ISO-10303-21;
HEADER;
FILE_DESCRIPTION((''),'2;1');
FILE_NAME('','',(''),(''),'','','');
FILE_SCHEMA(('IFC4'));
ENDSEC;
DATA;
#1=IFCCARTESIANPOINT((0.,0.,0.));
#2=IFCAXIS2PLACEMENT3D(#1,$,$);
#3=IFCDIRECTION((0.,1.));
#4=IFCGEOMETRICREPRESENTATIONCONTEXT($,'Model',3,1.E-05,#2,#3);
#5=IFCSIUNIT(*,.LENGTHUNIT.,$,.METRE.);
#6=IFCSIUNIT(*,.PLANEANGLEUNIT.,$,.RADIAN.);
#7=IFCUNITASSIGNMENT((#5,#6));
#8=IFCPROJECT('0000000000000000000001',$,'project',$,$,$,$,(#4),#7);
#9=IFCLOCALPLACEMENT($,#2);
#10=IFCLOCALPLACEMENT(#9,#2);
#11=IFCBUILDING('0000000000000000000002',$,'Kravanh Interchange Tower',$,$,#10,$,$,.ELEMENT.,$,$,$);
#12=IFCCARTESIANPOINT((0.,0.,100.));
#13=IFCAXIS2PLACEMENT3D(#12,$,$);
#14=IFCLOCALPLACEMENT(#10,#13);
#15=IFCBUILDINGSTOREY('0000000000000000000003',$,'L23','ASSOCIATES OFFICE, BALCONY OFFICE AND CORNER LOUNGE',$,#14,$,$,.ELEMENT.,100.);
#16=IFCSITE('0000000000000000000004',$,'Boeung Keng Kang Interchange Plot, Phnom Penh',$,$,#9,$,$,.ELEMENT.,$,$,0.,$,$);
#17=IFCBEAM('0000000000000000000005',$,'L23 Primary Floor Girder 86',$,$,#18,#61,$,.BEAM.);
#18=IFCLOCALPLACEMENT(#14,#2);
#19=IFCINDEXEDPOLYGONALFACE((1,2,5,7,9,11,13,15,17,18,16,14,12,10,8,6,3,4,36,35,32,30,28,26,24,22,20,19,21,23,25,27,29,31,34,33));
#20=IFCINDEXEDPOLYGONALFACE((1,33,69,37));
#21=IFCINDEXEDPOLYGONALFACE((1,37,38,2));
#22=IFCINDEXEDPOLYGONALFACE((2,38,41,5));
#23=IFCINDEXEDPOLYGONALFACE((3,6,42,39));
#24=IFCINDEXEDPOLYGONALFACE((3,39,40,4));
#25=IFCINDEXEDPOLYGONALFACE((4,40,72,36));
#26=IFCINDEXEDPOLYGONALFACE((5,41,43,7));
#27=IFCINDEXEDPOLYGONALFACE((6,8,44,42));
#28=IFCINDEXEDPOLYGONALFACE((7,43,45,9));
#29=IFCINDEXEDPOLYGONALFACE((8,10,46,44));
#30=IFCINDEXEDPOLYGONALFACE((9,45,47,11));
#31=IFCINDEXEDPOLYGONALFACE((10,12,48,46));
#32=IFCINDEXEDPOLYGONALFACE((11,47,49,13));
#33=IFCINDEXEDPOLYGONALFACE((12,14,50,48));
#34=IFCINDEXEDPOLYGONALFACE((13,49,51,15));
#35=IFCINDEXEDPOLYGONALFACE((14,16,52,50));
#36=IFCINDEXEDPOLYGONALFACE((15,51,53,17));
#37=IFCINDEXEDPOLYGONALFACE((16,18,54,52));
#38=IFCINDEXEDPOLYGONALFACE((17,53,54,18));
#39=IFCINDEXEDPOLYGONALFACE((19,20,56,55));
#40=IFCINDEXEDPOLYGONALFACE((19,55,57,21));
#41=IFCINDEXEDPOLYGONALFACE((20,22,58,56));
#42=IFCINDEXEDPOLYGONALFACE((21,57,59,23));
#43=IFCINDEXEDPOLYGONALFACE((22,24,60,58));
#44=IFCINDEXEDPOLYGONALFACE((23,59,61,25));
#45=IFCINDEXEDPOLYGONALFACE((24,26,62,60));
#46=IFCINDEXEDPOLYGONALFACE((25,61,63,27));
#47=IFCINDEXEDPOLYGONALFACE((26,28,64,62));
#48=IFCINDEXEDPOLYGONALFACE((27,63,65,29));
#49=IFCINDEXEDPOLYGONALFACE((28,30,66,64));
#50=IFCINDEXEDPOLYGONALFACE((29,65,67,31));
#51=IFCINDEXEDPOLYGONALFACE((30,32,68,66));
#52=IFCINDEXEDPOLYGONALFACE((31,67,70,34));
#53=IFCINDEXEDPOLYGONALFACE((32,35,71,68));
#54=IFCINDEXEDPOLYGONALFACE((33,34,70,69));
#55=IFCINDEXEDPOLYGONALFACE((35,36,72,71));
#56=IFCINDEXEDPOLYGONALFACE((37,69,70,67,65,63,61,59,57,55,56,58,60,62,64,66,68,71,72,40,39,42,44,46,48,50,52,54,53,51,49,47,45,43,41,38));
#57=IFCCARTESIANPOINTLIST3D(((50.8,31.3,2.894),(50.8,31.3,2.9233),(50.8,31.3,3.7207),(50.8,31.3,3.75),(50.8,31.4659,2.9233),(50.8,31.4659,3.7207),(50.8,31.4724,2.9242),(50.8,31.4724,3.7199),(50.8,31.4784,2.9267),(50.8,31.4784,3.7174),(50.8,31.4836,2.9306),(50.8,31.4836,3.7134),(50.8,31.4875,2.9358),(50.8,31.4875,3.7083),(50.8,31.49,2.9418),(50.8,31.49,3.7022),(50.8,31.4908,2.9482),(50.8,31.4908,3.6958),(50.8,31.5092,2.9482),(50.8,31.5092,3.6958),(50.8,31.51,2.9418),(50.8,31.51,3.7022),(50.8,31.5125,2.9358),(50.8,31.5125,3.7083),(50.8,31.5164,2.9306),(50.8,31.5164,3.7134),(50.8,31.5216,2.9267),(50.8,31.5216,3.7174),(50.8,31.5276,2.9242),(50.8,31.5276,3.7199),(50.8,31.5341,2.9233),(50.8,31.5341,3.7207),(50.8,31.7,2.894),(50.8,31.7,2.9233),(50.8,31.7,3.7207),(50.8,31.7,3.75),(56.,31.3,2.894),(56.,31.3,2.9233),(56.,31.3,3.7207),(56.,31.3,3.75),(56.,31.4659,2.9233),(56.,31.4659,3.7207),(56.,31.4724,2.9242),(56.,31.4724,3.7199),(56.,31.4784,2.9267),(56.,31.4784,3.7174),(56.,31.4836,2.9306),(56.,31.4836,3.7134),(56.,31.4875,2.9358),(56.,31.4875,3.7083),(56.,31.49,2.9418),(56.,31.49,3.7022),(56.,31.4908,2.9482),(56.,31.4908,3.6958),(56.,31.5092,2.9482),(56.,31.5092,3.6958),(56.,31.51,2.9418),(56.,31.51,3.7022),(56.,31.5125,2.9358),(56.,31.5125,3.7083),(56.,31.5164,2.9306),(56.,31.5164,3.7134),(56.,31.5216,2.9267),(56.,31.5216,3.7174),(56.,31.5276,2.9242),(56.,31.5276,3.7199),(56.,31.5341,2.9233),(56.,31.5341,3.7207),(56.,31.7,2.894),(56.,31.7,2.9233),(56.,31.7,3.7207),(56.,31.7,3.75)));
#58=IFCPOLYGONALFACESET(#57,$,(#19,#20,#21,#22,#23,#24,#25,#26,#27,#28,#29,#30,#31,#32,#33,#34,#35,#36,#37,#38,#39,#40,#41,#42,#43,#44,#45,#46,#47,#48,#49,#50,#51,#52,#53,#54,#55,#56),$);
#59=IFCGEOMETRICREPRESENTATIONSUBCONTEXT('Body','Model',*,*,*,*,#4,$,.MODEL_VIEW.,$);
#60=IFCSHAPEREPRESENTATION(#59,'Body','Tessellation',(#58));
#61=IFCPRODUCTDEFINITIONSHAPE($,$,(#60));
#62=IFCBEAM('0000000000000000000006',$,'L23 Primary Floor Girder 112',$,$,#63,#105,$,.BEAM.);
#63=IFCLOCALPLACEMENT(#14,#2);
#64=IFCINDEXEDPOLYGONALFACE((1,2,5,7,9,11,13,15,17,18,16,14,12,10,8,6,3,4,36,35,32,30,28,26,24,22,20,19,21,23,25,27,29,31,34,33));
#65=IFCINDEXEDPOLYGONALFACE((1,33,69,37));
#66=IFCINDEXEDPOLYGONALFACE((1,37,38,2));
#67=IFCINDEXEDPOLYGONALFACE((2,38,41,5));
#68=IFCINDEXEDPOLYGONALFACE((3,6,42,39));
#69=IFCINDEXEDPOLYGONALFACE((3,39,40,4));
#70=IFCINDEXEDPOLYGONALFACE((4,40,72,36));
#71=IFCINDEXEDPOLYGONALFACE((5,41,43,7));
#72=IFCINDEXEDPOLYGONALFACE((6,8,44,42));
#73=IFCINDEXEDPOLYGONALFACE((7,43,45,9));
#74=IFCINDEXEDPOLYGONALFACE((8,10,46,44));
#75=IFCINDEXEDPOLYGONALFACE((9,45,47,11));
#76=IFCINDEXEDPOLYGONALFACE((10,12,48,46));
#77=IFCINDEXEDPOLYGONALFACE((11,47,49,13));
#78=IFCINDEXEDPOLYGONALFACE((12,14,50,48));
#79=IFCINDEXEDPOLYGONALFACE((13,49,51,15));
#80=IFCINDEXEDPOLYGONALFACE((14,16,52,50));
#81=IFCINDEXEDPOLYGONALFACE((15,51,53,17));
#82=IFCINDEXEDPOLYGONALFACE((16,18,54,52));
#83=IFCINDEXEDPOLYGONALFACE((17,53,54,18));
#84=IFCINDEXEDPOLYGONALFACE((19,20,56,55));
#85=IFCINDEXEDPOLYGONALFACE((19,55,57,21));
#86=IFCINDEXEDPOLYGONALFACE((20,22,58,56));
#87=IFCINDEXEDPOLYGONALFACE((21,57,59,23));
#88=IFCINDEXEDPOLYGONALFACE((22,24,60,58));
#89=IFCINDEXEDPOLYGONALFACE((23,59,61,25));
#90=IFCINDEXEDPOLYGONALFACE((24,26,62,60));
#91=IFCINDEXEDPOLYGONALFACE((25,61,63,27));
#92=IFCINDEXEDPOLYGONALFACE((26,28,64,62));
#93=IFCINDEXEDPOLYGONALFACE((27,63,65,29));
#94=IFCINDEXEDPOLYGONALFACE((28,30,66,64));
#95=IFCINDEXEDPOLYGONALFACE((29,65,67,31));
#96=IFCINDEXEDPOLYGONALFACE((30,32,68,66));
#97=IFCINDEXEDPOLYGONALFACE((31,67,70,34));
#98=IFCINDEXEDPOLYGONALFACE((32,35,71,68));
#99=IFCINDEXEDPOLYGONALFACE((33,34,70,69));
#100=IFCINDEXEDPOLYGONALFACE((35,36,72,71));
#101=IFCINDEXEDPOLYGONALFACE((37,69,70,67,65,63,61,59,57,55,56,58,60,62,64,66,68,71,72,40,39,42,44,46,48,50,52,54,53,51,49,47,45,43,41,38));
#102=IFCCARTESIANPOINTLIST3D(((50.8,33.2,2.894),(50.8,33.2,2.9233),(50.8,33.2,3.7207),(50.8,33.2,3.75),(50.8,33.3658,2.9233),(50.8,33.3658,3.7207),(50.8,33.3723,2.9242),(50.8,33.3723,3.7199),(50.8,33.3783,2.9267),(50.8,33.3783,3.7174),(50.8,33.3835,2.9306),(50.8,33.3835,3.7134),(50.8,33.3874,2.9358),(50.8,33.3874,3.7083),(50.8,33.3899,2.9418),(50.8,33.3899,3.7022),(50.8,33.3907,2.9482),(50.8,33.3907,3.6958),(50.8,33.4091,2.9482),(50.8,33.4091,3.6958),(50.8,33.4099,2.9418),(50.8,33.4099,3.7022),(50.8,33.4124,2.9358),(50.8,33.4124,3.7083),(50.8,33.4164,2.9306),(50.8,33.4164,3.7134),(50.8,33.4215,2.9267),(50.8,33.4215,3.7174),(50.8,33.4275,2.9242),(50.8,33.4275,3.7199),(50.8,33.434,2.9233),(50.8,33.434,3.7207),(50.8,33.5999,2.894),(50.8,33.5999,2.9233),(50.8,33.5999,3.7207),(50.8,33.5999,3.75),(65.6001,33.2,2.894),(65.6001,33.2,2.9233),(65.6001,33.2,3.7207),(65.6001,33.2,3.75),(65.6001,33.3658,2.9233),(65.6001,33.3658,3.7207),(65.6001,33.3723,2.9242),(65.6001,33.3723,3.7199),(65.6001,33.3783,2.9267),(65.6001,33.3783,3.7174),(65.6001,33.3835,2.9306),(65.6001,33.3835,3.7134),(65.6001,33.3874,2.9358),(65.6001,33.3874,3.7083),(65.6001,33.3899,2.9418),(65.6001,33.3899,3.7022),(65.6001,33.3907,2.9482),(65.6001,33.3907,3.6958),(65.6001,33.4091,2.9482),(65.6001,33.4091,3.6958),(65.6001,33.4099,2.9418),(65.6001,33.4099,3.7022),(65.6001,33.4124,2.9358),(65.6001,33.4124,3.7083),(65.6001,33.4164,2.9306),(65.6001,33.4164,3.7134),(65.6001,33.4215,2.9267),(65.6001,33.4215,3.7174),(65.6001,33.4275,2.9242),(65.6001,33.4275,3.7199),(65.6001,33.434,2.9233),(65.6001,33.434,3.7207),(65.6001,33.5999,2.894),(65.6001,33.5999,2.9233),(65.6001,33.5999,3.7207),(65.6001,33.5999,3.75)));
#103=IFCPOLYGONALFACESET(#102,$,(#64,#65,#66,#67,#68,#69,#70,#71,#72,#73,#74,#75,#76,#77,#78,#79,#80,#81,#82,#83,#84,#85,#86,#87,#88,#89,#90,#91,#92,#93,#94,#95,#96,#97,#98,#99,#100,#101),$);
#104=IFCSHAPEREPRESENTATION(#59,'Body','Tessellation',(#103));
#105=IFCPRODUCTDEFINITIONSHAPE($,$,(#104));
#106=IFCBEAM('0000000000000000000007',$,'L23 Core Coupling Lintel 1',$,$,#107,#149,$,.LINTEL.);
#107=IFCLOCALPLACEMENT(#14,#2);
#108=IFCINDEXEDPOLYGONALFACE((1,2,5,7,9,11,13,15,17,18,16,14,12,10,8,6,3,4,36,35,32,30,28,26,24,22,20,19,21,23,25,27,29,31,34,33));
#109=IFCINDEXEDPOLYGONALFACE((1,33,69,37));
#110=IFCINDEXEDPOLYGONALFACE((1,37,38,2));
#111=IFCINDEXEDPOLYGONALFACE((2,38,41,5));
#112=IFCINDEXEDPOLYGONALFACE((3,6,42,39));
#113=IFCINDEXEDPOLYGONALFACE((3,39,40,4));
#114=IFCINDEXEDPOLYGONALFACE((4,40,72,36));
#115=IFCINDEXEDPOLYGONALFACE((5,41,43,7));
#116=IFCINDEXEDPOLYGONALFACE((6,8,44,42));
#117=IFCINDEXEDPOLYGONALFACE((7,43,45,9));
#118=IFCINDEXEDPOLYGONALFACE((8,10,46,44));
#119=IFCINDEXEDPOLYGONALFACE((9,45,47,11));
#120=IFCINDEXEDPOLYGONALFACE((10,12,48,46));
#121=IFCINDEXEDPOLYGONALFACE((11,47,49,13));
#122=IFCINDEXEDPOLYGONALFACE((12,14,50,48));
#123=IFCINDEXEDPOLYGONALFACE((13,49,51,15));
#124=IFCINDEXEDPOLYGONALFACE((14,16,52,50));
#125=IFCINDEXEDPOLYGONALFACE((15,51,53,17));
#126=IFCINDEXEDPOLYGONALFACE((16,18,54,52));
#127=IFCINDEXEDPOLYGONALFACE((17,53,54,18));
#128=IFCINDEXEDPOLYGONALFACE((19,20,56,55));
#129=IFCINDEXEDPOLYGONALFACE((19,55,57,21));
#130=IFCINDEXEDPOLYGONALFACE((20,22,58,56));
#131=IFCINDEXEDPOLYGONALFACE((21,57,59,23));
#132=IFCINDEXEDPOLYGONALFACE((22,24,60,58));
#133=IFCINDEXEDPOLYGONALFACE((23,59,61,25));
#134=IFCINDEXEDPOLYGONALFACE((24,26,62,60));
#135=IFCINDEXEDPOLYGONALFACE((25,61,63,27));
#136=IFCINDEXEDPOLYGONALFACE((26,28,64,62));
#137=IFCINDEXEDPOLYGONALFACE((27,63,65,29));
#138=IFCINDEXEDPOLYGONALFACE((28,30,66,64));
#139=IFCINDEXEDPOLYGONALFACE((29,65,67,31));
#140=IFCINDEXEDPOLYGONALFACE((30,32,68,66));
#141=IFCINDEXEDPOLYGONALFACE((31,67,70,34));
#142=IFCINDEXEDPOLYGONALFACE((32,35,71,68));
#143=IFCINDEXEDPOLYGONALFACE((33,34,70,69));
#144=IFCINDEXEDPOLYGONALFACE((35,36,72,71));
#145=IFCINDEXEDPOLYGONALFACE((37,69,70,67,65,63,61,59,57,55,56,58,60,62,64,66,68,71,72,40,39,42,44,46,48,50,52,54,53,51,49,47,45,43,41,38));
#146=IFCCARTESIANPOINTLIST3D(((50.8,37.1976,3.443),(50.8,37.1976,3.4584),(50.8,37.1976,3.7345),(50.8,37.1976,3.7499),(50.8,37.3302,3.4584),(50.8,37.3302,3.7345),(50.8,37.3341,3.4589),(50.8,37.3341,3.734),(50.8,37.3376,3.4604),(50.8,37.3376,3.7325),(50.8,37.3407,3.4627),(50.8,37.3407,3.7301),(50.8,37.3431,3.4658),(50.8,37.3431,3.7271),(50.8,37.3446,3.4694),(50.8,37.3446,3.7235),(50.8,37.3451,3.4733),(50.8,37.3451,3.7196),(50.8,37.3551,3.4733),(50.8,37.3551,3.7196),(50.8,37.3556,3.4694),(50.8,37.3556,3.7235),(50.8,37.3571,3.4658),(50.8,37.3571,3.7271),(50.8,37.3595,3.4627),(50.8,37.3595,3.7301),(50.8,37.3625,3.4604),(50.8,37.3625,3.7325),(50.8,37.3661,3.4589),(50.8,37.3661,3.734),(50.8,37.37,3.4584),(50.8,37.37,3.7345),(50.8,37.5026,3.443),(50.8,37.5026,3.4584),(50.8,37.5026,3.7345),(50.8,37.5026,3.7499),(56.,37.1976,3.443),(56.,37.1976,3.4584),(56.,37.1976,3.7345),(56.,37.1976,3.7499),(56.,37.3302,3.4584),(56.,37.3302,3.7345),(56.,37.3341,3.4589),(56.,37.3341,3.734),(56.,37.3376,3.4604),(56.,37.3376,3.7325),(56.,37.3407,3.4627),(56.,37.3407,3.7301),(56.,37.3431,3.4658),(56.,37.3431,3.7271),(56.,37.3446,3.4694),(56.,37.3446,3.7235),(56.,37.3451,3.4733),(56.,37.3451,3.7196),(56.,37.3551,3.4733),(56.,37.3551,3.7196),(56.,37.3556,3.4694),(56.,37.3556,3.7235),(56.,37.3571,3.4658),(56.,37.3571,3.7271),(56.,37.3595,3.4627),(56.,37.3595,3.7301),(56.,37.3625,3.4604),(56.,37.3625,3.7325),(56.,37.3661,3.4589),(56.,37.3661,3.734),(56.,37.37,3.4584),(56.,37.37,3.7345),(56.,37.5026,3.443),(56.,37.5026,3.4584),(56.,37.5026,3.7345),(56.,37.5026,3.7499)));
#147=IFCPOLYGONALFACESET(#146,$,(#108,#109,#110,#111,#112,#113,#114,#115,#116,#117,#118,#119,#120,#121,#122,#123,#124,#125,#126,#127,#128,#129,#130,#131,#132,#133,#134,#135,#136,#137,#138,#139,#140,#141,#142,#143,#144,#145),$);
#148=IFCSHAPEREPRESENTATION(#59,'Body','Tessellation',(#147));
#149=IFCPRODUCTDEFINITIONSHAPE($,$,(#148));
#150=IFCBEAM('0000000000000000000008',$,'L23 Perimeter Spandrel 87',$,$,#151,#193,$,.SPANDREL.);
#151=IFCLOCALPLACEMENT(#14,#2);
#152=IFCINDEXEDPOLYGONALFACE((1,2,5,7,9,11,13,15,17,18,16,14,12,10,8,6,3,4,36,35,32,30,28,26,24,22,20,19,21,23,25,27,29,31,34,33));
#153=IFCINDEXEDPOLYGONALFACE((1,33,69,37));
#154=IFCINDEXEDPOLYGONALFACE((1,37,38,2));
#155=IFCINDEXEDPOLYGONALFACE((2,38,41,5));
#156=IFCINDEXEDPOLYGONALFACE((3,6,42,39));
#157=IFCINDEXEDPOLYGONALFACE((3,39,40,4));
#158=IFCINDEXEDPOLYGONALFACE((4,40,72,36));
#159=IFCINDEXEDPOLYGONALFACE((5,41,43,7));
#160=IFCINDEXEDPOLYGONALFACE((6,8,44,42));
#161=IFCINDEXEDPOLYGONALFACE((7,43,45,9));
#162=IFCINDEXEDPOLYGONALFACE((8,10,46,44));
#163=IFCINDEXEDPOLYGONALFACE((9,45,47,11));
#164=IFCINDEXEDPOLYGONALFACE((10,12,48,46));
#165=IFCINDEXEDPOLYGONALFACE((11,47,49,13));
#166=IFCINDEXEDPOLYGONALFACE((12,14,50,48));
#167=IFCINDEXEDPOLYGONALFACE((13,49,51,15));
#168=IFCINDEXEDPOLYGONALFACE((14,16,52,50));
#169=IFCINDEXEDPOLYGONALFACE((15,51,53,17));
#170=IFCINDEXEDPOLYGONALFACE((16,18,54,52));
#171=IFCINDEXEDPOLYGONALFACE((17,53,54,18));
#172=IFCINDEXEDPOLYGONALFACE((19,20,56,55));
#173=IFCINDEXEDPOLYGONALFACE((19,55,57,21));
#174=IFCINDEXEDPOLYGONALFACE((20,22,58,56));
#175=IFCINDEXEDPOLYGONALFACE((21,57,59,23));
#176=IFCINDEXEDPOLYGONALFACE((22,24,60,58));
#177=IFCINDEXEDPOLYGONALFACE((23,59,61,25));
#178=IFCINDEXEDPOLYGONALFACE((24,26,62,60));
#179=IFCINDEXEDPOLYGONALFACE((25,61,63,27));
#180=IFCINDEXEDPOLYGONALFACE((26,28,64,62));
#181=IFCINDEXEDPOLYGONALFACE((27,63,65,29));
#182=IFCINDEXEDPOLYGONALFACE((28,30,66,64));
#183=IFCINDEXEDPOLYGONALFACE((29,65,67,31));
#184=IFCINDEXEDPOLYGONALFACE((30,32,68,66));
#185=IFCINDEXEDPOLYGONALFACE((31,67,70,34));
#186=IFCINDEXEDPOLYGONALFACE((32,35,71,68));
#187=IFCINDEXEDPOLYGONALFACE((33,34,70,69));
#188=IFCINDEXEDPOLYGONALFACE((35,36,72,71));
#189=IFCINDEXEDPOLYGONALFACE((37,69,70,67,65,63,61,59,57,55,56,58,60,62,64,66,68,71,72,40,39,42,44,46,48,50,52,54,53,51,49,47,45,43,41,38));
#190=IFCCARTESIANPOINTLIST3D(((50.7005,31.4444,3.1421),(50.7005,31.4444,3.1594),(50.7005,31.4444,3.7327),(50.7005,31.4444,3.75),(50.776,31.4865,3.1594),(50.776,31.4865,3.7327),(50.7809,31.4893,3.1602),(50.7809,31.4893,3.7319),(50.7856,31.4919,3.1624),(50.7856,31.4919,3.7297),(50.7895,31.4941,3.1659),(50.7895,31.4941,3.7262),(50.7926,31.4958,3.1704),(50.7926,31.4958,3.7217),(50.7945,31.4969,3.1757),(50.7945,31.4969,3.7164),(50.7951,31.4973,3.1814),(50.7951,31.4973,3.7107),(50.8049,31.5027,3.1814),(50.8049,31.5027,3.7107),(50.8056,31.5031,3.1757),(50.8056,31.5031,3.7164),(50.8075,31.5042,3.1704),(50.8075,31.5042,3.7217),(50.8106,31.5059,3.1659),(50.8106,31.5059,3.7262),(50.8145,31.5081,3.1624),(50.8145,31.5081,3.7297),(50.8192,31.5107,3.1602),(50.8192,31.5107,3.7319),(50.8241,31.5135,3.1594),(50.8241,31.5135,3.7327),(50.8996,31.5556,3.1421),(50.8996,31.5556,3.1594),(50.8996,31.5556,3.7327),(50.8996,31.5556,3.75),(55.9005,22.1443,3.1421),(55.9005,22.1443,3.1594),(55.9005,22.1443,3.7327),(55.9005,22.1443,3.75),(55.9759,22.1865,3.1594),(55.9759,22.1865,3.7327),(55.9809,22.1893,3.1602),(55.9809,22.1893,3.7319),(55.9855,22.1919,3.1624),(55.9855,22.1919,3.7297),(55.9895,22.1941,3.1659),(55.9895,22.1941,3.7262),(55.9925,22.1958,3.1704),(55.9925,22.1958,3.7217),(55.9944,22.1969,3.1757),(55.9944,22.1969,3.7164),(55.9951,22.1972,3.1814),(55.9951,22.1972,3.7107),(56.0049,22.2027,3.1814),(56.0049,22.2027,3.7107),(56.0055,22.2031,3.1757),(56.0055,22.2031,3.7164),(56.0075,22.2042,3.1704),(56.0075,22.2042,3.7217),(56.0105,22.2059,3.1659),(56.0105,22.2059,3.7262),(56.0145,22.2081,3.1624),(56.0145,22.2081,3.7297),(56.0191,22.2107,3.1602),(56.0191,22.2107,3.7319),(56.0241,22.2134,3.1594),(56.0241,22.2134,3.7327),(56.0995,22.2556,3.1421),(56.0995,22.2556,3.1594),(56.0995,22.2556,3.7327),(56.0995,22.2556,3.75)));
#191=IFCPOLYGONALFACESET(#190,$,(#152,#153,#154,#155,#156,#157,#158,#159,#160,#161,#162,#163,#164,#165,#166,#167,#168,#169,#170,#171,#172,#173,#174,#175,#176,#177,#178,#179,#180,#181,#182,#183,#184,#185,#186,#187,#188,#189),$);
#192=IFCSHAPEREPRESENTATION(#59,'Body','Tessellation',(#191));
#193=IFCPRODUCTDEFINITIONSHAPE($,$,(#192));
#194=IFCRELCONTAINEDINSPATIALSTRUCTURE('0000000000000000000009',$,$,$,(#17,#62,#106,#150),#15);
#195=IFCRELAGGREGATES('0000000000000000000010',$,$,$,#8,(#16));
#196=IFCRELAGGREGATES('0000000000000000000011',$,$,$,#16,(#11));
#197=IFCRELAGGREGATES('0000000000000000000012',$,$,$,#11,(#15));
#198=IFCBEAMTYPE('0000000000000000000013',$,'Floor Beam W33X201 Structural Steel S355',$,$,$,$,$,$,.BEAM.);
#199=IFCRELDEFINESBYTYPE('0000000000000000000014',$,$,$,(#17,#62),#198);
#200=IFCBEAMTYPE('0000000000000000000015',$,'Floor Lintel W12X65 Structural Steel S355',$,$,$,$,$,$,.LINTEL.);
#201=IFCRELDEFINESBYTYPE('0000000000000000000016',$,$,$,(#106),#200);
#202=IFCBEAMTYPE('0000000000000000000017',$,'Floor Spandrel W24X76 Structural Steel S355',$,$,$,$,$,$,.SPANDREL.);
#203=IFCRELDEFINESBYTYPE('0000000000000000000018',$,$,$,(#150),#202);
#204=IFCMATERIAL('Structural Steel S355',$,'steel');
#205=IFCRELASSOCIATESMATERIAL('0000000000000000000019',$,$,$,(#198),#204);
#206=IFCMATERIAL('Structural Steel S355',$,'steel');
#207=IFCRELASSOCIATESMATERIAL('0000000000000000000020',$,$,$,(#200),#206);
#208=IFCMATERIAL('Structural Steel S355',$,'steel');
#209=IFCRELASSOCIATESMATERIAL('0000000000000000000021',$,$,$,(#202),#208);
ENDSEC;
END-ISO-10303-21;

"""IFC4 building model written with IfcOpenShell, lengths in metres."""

from ifc_helpers import new_model, si_unit, direction, frame, origin, origin_2d, place, context, subcontext, project, spatial, i_section, extrude, material, material_profile, profile_set, type_object, element, save


model = new_model("IFC4")

# Units and contexts
model_context = context("Model", 3, precision=1e-05, world=origin(), true_north=direction((0.0, 1.0)))
body_context = subcontext(model_context, "Body", "Model", "MODEL_VIEW")
ifc_project = project(units=[si_unit("LENGTHUNIT", "METRE"), si_unit("PLANEANGLEUNIT", "RADIAN")], contexts=[model_context])

# Site, building, storey
site_placement = place(None, origin())
site = spatial("IfcSite", under=ifc_project, at=site_placement, Name="Boeung Keng Kang Interchange Plot, Phnom Penh", CompositionType="ELEMENT", RefElevation=0.0)
building_placement = place(site_placement, origin())
building = spatial("IfcBuilding", under=site, at=building_placement, Name="Kravanh Interchange Tower", CompositionType="ELEMENT")
storey_placement = place(building_placement, frame((0.0, 0.0, 100.0)))
storey = spatial("IfcBuildingStorey", under=building, at=storey_placement, Name="L23", Description="ASSOCIATES OFFICE, BALCONY OFFICE AND CORNER LOUNGE", CompositionType="ELEMENT", Elevation=100.0)

# Beams
ifc_material_1 = material(Name="Structural Steel S355", Category="steel")
ifc_material_profile_1 = material_profile(ifc_material_1, i_section(OverallWidth=0.3999, OverallDepth=0.856, WebThickness=0.0183, FlangeThickness=0.0293, FilletRadius=0.0249, at=origin_2d()), Name="W33X201")
ifc_profile_set_1 = profile_set([ifc_material_profile_1], Name="Structural Steel S355")
beam_type_1 = type_object("IfcBeamType", Name="Floor Beam W33X201 Structural Steel S355", PredefinedType="BEAM", material=ifc_profile_set_1)
beam_1_placement = place(storey_placement, frame((50.8, 31.5, 3.322), z_axis=(1.0, 0.0, 0.0), x_axis=(0.0, 1.0, 0.0)))
element("IfcBeam", 1, at=beam_1_placement, inside=storey, type_object=beam_type_1, Name="L23 Primary Floor Girder 86", PredefinedType="BEAM", context=body_context, shape_type="SweptSolid", body=[
    extrude(i_section(OverallWidth=0.3999, OverallDepth=0.856, WebThickness=0.0183, FlangeThickness=0.0293, FilletRadius=0.0249, at=origin_2d()), origin(), (0.0, 0.0, 1.0), 5.2),
])
beam_2_placement = place(storey_placement, frame((50.8, 33.3999, 3.322), z_axis=(1.0, 0.0, 0.0), x_axis=(0.0, 1.0, 0.0)))
element("IfcBeam", 2, at=beam_2_placement, inside=storey, type_object=beam_type_1, Name="L23 Primary Floor Girder 112", PredefinedType="BEAM", context=body_context, shape_type="SweptSolid", body=[
    extrude(i_section(OverallWidth=0.3999, OverallDepth=0.856, WebThickness=0.0183, FlangeThickness=0.0293, FilletRadius=0.0249, at=origin_2d()), origin(), (0.0, 0.0, 1.0), 14.8),
])
ifc_material_2 = material(Name="Structural Steel S355", Category="steel")
ifc_material_profile_2 = material_profile(ifc_material_2, i_section(OverallWidth=0.3049, OverallDepth=0.3069, WebThickness=0.01, FlangeThickness=0.0154, FilletRadius=0.0149, at=origin_2d()), Name="W12X65")
ifc_profile_set_2 = profile_set([ifc_material_profile_2], Name="Structural Steel S355")
beam_type_2 = type_object("IfcBeamType", Name="Floor Lintel W12X65 Structural Steel S355", PredefinedType="LINTEL", material=ifc_profile_set_2)
beam_3_placement = place(storey_placement, frame((50.8, 37.3501, 3.5964), z_axis=(1.0, 0.0, 0.0), x_axis=(0.0, 1.0, 0.0)))
element("IfcBeam", 3, at=beam_3_placement, inside=storey, type_object=beam_type_2, Name="L23 Core Coupling Lintel 1", PredefinedType="LINTEL", context=body_context, shape_type="SweptSolid", body=[
    extrude(i_section(OverallWidth=0.3049, OverallDepth=0.3069, WebThickness=0.01, FlangeThickness=0.0154, FilletRadius=0.0149, at=origin_2d()), origin(), (0.0, 0.0, 1.0), 5.2),
])
ifc_material_3 = material(Name="Structural Steel S355", Category="steel")
ifc_material_profile_3 = material_profile(ifc_material_3, i_section(OverallWidth=0.228, OverallDepth=0.6079, WebThickness=0.0112, FlangeThickness=0.0173, FilletRadius=0.022, at=origin_2d()), Name="W24X76")
ifc_profile_set_3 = profile_set([ifc_material_profile_3], Name="Structural Steel S355")
beam_type_3 = type_object("IfcBeamType", Name="Floor Spandrel W24X76 Structural Steel S355", PredefinedType="SPANDREL", material=ifc_profile_set_3)
beam_4_placement = place(storey_placement, frame((50.8, 31.5, 3.446), z_axis=(0.488026, -0.872829, 0.0), x_axis=(0.872829, 0.488026, 0.0)))
element("IfcBeam", 4, at=beam_4_placement, inside=storey, type_object=beam_type_3, Name="L23 Perimeter Spandrel 87", PredefinedType="SPANDREL", context=body_context, shape_type="SweptSolid", body=[
    extrude(i_section(OverallWidth=0.228, OverallDepth=0.6079, WebThickness=0.0112, FlangeThickness=0.0173, FilletRadius=0.022, at=origin_2d()), origin(), (0.0, 0.0, 1.0), 10.655),
])

save(model, "model.ifc")
